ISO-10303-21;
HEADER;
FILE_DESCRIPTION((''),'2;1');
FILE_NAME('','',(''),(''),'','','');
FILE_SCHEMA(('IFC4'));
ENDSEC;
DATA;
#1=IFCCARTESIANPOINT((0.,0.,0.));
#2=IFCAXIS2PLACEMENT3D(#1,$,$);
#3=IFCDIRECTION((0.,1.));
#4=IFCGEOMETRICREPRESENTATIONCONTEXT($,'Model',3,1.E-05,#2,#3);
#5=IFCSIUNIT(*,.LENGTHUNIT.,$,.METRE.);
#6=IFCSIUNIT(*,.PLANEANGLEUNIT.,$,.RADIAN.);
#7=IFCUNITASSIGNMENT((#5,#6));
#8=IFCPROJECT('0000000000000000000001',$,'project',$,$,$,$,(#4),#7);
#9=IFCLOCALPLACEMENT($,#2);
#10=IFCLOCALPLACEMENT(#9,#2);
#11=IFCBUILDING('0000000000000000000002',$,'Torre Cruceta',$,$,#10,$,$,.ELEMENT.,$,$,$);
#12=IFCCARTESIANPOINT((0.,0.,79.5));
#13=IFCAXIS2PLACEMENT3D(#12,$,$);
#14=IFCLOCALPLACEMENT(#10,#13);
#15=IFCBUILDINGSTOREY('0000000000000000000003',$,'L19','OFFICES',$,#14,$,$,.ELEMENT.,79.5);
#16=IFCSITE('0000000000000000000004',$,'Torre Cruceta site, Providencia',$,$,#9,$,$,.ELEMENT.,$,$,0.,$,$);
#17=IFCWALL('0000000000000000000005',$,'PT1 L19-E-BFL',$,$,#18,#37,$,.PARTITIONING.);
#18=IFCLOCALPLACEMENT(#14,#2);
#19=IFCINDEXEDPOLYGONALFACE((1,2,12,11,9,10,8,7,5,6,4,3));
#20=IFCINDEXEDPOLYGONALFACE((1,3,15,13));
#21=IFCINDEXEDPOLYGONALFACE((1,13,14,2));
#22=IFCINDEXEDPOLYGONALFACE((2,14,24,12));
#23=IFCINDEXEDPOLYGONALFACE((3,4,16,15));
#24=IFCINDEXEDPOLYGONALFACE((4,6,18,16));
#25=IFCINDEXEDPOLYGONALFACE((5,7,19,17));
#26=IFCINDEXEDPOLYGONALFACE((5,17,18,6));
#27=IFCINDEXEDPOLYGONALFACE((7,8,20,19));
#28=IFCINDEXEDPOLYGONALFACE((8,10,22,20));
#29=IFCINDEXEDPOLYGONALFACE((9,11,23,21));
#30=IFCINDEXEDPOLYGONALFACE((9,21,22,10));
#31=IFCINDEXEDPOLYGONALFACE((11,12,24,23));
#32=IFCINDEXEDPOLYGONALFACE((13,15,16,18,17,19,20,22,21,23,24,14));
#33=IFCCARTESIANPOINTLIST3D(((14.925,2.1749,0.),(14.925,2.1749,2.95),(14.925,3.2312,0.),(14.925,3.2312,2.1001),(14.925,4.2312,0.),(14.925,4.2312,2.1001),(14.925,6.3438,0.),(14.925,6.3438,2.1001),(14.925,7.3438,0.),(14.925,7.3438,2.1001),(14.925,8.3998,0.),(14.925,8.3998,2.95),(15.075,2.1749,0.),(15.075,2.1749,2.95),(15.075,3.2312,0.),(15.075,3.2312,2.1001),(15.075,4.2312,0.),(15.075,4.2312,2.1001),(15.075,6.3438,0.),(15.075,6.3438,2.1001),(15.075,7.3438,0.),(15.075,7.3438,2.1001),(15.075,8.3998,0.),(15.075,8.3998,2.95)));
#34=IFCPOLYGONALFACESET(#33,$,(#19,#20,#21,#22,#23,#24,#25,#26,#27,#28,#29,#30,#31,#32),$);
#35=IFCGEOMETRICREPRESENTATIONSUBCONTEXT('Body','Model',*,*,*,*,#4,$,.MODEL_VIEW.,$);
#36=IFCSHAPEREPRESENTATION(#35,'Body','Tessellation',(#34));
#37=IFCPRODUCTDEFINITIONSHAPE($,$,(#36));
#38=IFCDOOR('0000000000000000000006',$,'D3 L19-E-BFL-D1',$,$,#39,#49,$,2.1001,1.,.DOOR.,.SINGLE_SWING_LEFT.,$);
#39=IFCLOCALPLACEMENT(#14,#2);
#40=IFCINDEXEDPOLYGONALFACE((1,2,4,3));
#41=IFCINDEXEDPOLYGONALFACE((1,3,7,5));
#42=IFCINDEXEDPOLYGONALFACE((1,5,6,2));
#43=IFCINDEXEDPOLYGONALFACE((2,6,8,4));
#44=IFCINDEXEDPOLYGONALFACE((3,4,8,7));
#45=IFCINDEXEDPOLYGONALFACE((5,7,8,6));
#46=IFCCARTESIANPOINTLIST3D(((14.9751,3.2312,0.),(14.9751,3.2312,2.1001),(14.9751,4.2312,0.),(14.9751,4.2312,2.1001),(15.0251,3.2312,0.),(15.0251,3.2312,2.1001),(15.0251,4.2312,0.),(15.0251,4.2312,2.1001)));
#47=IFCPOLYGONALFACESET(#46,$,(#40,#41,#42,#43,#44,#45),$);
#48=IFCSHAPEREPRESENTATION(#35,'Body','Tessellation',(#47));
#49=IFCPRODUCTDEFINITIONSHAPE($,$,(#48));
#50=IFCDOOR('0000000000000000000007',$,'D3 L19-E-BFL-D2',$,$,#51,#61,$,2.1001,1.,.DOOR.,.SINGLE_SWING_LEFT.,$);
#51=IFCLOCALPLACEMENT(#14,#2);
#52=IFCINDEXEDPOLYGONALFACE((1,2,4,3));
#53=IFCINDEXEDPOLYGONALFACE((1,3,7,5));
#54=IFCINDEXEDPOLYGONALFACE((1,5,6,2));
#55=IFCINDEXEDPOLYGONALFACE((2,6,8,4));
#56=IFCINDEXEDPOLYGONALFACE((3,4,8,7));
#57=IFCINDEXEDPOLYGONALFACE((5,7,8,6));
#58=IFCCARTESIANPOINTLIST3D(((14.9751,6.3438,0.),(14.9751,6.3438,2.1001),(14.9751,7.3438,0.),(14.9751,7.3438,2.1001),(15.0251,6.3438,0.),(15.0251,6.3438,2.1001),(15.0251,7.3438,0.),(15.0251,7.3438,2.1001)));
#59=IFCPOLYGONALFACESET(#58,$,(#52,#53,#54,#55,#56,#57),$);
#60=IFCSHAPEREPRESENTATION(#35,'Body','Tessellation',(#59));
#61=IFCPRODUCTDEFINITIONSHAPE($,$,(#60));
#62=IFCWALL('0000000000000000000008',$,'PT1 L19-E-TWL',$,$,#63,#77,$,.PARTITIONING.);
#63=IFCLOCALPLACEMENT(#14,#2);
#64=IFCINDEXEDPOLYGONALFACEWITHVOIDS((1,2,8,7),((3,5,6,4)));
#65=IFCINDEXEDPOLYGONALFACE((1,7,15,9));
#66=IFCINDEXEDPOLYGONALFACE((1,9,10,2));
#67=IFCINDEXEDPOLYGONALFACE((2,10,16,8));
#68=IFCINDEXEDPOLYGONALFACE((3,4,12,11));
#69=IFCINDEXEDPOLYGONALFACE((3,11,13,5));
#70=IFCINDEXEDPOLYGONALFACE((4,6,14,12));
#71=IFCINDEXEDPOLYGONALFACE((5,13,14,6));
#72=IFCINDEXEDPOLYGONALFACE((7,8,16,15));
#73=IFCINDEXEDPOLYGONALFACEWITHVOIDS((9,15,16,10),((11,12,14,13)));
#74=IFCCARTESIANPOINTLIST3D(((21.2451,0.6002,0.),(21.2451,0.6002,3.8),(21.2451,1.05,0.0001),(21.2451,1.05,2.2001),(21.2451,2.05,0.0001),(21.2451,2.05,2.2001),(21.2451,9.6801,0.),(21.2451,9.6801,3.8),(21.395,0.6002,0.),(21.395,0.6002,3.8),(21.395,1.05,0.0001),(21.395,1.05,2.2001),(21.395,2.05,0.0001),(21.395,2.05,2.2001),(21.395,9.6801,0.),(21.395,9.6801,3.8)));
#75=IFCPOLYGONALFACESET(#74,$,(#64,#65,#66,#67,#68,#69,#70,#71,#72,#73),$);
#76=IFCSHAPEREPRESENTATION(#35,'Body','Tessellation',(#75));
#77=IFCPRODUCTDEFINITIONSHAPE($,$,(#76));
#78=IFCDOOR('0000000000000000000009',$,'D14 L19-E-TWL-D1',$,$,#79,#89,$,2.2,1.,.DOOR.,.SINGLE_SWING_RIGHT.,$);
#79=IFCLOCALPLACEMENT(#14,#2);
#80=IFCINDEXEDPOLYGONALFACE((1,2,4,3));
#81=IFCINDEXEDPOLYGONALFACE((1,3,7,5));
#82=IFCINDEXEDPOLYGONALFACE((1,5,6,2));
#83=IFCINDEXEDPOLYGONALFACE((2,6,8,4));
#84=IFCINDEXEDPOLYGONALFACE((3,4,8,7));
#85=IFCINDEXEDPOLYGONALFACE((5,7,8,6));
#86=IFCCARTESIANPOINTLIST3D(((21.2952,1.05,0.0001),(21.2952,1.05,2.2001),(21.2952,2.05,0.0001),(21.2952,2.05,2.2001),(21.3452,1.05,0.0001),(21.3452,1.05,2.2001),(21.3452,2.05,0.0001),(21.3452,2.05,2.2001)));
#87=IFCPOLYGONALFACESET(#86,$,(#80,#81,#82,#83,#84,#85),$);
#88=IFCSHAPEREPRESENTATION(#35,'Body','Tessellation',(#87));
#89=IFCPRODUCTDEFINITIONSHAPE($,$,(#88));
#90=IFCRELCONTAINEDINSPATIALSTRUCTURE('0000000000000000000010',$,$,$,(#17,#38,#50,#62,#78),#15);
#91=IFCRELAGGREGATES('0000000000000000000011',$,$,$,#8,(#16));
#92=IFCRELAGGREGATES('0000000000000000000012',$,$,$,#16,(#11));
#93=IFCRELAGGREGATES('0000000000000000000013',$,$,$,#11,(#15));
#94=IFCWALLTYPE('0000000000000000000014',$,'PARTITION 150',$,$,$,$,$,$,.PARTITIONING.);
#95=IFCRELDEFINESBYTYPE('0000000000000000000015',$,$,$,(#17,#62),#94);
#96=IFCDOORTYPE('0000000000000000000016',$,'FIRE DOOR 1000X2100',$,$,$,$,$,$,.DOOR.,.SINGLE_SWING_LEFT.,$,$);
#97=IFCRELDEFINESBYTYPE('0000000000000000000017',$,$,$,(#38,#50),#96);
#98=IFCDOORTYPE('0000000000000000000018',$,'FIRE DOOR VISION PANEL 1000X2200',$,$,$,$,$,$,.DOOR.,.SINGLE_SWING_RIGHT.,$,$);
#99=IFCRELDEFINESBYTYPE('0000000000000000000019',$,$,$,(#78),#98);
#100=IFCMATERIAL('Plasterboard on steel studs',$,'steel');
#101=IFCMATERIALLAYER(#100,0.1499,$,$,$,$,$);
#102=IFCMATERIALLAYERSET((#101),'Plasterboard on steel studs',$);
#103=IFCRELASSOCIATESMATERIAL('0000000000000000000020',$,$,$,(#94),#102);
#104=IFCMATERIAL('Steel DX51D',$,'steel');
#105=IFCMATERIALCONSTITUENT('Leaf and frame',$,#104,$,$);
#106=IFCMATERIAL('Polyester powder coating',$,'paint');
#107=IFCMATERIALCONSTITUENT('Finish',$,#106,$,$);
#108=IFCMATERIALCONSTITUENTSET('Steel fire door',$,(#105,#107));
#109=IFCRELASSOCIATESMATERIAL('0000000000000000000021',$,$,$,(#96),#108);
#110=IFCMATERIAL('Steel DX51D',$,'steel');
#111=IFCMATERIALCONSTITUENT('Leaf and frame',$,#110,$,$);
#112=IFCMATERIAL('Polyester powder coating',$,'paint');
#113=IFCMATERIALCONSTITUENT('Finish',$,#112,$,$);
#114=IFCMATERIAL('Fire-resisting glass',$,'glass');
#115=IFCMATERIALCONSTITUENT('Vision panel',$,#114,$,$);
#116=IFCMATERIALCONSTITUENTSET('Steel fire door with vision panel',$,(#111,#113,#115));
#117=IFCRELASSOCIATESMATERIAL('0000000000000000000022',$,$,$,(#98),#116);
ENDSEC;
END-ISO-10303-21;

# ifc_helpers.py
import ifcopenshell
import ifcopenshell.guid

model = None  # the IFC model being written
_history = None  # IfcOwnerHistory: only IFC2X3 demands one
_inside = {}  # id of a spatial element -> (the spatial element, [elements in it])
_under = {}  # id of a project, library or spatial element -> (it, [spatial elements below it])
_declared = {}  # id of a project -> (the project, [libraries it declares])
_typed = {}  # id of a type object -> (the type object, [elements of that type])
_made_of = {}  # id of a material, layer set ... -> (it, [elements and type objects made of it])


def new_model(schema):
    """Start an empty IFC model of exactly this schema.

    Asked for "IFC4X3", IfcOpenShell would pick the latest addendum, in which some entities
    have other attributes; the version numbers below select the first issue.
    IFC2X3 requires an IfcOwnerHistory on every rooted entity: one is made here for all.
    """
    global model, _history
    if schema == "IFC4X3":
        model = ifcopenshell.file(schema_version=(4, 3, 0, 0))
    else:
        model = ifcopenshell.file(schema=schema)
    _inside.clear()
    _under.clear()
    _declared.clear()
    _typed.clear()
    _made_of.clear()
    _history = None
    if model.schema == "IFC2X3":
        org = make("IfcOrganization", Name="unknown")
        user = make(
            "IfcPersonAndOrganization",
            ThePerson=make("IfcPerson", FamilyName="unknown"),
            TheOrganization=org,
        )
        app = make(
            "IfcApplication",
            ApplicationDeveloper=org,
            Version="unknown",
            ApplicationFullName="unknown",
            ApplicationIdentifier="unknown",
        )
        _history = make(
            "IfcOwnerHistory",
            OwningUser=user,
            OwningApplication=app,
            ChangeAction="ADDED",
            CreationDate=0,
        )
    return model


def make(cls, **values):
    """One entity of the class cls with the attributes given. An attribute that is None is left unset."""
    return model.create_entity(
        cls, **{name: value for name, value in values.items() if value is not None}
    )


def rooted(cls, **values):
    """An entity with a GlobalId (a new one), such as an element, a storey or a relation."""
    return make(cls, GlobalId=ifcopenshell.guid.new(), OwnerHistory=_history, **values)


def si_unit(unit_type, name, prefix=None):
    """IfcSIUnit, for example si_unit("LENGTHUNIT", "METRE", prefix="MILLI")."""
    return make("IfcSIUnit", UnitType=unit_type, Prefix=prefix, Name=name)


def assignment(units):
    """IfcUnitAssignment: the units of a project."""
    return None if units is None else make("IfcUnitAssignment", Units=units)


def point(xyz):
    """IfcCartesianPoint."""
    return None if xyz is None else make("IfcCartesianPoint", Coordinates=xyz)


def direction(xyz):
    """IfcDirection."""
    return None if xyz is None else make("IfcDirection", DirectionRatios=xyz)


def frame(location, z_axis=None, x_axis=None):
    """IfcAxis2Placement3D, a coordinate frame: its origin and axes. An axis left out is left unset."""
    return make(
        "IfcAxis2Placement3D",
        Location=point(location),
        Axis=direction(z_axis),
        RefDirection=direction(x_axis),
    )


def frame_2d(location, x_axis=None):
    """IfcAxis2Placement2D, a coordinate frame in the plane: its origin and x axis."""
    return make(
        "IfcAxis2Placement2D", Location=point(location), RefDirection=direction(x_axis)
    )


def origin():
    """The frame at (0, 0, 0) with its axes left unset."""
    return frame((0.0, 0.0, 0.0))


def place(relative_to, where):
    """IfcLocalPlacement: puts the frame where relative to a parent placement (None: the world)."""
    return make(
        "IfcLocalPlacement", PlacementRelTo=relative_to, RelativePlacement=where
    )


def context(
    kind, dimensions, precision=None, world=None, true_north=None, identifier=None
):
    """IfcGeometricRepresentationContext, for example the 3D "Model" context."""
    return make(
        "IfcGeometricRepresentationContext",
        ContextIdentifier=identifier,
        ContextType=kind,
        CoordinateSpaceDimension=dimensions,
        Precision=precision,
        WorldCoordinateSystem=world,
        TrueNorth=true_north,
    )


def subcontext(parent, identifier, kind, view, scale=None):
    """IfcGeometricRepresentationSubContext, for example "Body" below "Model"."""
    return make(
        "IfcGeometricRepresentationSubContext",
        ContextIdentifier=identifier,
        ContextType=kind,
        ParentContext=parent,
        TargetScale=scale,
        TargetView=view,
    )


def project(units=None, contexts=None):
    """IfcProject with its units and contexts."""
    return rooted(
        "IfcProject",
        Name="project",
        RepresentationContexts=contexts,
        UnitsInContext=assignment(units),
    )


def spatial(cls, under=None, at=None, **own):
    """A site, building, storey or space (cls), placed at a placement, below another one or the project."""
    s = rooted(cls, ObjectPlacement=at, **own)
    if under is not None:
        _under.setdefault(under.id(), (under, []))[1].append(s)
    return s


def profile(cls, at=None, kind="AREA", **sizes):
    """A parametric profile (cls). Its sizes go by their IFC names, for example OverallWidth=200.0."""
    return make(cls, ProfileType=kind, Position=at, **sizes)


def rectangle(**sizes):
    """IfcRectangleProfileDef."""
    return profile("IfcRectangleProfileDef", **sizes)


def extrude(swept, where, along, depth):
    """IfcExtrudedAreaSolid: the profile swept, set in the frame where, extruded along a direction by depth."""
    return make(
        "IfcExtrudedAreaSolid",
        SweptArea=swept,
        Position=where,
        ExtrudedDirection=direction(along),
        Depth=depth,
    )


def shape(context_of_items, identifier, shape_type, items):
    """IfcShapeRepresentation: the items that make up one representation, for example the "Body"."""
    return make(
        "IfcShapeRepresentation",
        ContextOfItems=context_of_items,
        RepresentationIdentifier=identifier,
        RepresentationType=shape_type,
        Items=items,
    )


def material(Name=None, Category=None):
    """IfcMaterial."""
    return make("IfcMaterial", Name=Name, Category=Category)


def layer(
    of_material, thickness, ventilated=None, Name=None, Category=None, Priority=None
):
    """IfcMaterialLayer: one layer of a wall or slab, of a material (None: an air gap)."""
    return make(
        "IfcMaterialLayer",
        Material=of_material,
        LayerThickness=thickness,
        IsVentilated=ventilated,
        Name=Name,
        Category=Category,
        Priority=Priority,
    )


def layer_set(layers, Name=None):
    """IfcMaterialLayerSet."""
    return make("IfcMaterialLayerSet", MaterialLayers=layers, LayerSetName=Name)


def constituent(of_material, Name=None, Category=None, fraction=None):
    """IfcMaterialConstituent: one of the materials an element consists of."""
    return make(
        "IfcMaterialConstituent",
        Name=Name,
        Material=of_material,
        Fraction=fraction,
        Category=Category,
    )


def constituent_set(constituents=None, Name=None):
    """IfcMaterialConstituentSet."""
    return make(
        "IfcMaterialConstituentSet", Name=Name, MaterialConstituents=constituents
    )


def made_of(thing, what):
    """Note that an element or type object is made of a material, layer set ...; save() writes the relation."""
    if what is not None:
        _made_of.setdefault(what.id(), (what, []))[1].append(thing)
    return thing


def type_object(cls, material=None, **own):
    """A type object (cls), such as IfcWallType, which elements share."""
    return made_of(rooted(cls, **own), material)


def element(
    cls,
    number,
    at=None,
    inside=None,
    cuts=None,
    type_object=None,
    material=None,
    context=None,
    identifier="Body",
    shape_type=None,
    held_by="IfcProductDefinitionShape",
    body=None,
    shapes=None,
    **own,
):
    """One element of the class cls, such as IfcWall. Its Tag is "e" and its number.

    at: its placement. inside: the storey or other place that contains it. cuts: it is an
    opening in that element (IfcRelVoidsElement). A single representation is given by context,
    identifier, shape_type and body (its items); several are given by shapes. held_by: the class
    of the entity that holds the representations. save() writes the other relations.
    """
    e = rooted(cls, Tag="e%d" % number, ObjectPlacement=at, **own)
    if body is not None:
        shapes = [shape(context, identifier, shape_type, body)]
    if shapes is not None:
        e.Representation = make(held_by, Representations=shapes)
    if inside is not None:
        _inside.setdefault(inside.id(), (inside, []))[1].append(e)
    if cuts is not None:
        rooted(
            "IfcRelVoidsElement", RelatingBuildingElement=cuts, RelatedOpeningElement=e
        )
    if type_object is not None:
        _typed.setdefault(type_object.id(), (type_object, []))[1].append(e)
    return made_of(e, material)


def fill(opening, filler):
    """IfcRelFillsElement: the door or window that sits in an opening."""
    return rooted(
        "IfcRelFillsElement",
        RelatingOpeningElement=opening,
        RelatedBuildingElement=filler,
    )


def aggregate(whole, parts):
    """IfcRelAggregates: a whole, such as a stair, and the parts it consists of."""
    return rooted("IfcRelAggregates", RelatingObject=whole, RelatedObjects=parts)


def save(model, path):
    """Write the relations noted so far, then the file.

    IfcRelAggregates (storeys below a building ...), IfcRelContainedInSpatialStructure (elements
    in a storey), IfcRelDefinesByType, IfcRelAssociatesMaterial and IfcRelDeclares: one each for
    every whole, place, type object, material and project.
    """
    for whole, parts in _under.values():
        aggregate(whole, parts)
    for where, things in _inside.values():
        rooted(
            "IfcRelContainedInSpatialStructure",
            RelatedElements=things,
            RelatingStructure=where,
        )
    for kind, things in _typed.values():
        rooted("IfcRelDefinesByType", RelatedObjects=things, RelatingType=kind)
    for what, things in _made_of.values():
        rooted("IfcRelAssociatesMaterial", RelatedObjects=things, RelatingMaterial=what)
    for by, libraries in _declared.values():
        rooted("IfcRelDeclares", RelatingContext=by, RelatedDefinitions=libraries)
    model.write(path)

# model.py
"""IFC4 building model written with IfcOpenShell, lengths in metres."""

from ifc_helpers import new_model, si_unit, direction, frame, frame_2d, origin, place, context, subcontext, project, spatial, rectangle, extrude, material, layer, layer_set, constituent, constituent_set, type_object, element, fill, save


model = new_model("IFC4")

# Units and contexts
model_context = context("Model", 3, precision=1e-05, world=origin(), true_north=direction((0.0, 1.0)))
body_context = subcontext(model_context, "Body", "Model", "MODEL_VIEW")
ifc_project = project(units=[si_unit("LENGTHUNIT", "METRE"), si_unit("PLANEANGLEUNIT", "RADIAN")], contexts=[model_context])

# Site, building, storey
site_placement = place(None, origin())
site = spatial("IfcSite", under=ifc_project, at=site_placement, Name="Torre Cruceta site, Providencia", CompositionType="ELEMENT", RefElevation=0.0)
building_placement = place(site_placement, origin())
building = spatial("IfcBuilding", under=site, at=building_placement, Name="Torre Cruceta", CompositionType="ELEMENT")
storey_placement = place(building_placement, frame((0.0, 0.0, 79.5)))
storey = spatial("IfcBuildingStorey", under=building, at=storey_placement, Name="L19", Description="OFFICES", CompositionType="ELEMENT", Elevation=79.5)

# Wall, openings, doors
ifc_material_1 = material(Name="Plasterboard on steel studs", Category="steel")
ifc_layer_1 = layer(ifc_material_1, 0.1499)
ifc_layer_set_1 = layer_set([ifc_layer_1], Name="Plasterboard on steel studs")
wall_type_1 = type_object("IfcWallType", Name="PARTITION 150", PredefinedType="PARTITIONING", material=ifc_layer_set_1)
wall_1_placement = place(storey_placement, frame((15.0, 2.175, 0.0), z_axis=(0.0, 0.0, 1.0), x_axis=(0.0, 1.0, 0.0)))
wall_1 = element("IfcWall", 1, at=wall_1_placement, inside=storey, type_object=wall_type_1, Name="PT1 L19-E-BFL", PredefinedType="PARTITIONING", context=body_context, shape_type="SweptSolid", body=[
    extrude(rectangle(XDim=6.2249, YDim=0.1499, at=frame_2d((3.1123, 0.0))), origin(), (0.0, 0.0, 1.0), 2.95),
])
opening_1_placement = place(wall_1_placement, frame((1.0562, 0.0, 0.0)))
opening_1 = element("IfcOpeningElement", 2, at=opening_1_placement, cuts=wall_1, PredefinedType="OPENING", context=body_context, shape_type="SweptSolid", body=[
    extrude(rectangle(XDim=1.0, YDim=2.1001, at=frame_2d((0.5, 1.05))), frame((0.0, 0.085, 0.0), z_axis=(0.0, -1.0, 0.0), x_axis=(1.0, 0.0, 0.0)), (0.0, 0.0, 1.0), 0.1699),
])
opening_2_placement = place(wall_1_placement, frame((4.1687, 0.0, 0.0)))
opening_2 = element("IfcOpeningElement", 3, at=opening_2_placement, cuts=wall_1, PredefinedType="OPENING", context=body_context, shape_type="SweptSolid", body=[
    extrude(rectangle(XDim=1.0, YDim=2.1001, at=frame_2d((0.5, 1.05))), frame((0.0, 0.085, 0.0), z_axis=(0.0, -1.0, 0.0), x_axis=(1.0, 0.0, 0.0)), (0.0, 0.0, 1.0), 0.1699),
])
ifc_material_2 = material(Name="Steel DX51D", Category="steel")
ifc_constituent_1 = constituent(ifc_material_2, Name="Leaf and frame")
ifc_material_3 = material(Name="Polyester powder coating", Category="paint")
ifc_constituent_2 = constituent(ifc_material_3, Name="Finish")
ifc_constituent_set_1 = constituent_set(constituents=[ifc_constituent_1, ifc_constituent_2], Name="Steel fire door")
door_type_1 = type_object("IfcDoorType", Name="FIRE DOOR 1000X2100", OperationType="SINGLE_SWING_LEFT", PredefinedType="DOOR", material=ifc_constituent_set_1)
door_1_placement = place(opening_1_placement, origin())
door_1 = element("IfcDoor", 4, at=door_1_placement, inside=storey, type_object=door_type_1, Name="D3 L19-E-BFL-D1", OperationType="SINGLE_SWING_LEFT", OverallHeight=2.1001, OverallWidth=1.0, PredefinedType="DOOR", context=body_context, shape_type="SweptSolid", body=[
    extrude(rectangle(XDim=1.0, YDim=2.1001, at=frame_2d((0.5, 1.05))), frame((0.0, 0.0249, 0.0), z_axis=(0.0, -1.0, 0.0), x_axis=(1.0, 0.0, 0.0)), (0.0, 0.0, 1.0), 0.05),
])
fill(opening_1, door_1)
door_2_placement = place(opening_2_placement, origin())
door_2 = element("IfcDoor", 5, at=door_2_placement, inside=storey, type_object=door_type_1, Name="D3 L19-E-BFL-D2", OperationType="SINGLE_SWING_LEFT", OverallHeight=2.1001, OverallWidth=1.0, PredefinedType="DOOR", context=body_context, shape_type="SweptSolid", body=[
    extrude(rectangle(XDim=1.0, YDim=2.1001, at=frame_2d((0.5, 1.05))), frame((0.0, 0.0249, 0.0), z_axis=(0.0, -1.0, 0.0), x_axis=(1.0, 0.0, 0.0)), (0.0, 0.0, 1.0), 0.05),
])
fill(opening_2, door_2)

# Wall, opening, door
wall_2_placement = place(storey_placement, frame((21.3201, 0.6001, 0.0), z_axis=(0.0, 0.0, 1.0), x_axis=(0.0, 1.0, 0.0)))
wall_2 = element("IfcWall", 6, at=wall_2_placement, inside=storey, type_object=wall_type_1, Name="PT1 L19-E-TWL", PredefinedType="PARTITIONING", context=body_context, shape_type="SweptSolid", body=[
    extrude(rectangle(XDim=9.0798, YDim=0.1499, at=frame_2d((4.54, 0.0))), origin(), (0.0, 0.0, 1.0), 3.8),
])
opening_3_placement = place(wall_2_placement, frame((0.45, 0.0, 0.0)))
opening_3 = element("IfcOpeningElement", 7, at=opening_3_placement, cuts=wall_2, PredefinedType="OPENING", context=body_context, shape_type="SweptSolid", body=[
    extrude(rectangle(XDim=1.0, YDim=2.2, at=frame_2d((0.5, 1.1001))), frame((0.0, 0.085, 0.0), z_axis=(0.0, -1.0, 0.0), x_axis=(1.0, 0.0, 0.0)), (0.0, 0.0, 1.0), 0.1699),
])
ifc_material_4 = material(Name="Steel DX51D", Category="steel")
ifc_constituent_3 = constituent(ifc_material_4, Name="Leaf and frame")
ifc_material_5 = material(Name="Polyester powder coating", Category="paint")
ifc_constituent_4 = constituent(ifc_material_5, Name="Finish")
ifc_material_6 = material(Name="Fire-resisting glass", Category="glass")
ifc_constituent_5 = constituent(ifc_material_6, Name="Vision panel")
ifc_constituent_set_2 = constituent_set(constituents=[ifc_constituent_3, ifc_constituent_4, ifc_constituent_5], Name="Steel fire door with vision panel")
door_type_2 = type_object("IfcDoorType", Name="FIRE DOOR VISION PANEL 1000X2200", OperationType="SINGLE_SWING_RIGHT", PredefinedType="DOOR", material=ifc_constituent_set_2)
door_3_placement = place(opening_3_placement, frame((1.0, 0.0, 0.0), z_axis=(0.0, 0.0, 1.0), x_axis=(-1.0, 0.0, 0.0)))
door_3 = element("IfcDoor", 8, at=door_3_placement, inside=storey, type_object=door_type_2, Name="D14 L19-E-TWL-D1", OperationType="SINGLE_SWING_RIGHT", OverallHeight=2.2, OverallWidth=1.0, PredefinedType="DOOR", context=body_context, shape_type="SweptSolid", body=[
    extrude(rectangle(XDim=1.0, YDim=2.2, at=frame_2d((0.5, 1.1001))), frame((0.0, 0.0251, 0.0), z_axis=(0.0, -1.0, 0.0), x_axis=(1.0, 0.0, 0.0)), (0.0, 0.0, 1.0), 0.05),
])
fill(opening_3, door_3)

save(model, "model.ifc")
